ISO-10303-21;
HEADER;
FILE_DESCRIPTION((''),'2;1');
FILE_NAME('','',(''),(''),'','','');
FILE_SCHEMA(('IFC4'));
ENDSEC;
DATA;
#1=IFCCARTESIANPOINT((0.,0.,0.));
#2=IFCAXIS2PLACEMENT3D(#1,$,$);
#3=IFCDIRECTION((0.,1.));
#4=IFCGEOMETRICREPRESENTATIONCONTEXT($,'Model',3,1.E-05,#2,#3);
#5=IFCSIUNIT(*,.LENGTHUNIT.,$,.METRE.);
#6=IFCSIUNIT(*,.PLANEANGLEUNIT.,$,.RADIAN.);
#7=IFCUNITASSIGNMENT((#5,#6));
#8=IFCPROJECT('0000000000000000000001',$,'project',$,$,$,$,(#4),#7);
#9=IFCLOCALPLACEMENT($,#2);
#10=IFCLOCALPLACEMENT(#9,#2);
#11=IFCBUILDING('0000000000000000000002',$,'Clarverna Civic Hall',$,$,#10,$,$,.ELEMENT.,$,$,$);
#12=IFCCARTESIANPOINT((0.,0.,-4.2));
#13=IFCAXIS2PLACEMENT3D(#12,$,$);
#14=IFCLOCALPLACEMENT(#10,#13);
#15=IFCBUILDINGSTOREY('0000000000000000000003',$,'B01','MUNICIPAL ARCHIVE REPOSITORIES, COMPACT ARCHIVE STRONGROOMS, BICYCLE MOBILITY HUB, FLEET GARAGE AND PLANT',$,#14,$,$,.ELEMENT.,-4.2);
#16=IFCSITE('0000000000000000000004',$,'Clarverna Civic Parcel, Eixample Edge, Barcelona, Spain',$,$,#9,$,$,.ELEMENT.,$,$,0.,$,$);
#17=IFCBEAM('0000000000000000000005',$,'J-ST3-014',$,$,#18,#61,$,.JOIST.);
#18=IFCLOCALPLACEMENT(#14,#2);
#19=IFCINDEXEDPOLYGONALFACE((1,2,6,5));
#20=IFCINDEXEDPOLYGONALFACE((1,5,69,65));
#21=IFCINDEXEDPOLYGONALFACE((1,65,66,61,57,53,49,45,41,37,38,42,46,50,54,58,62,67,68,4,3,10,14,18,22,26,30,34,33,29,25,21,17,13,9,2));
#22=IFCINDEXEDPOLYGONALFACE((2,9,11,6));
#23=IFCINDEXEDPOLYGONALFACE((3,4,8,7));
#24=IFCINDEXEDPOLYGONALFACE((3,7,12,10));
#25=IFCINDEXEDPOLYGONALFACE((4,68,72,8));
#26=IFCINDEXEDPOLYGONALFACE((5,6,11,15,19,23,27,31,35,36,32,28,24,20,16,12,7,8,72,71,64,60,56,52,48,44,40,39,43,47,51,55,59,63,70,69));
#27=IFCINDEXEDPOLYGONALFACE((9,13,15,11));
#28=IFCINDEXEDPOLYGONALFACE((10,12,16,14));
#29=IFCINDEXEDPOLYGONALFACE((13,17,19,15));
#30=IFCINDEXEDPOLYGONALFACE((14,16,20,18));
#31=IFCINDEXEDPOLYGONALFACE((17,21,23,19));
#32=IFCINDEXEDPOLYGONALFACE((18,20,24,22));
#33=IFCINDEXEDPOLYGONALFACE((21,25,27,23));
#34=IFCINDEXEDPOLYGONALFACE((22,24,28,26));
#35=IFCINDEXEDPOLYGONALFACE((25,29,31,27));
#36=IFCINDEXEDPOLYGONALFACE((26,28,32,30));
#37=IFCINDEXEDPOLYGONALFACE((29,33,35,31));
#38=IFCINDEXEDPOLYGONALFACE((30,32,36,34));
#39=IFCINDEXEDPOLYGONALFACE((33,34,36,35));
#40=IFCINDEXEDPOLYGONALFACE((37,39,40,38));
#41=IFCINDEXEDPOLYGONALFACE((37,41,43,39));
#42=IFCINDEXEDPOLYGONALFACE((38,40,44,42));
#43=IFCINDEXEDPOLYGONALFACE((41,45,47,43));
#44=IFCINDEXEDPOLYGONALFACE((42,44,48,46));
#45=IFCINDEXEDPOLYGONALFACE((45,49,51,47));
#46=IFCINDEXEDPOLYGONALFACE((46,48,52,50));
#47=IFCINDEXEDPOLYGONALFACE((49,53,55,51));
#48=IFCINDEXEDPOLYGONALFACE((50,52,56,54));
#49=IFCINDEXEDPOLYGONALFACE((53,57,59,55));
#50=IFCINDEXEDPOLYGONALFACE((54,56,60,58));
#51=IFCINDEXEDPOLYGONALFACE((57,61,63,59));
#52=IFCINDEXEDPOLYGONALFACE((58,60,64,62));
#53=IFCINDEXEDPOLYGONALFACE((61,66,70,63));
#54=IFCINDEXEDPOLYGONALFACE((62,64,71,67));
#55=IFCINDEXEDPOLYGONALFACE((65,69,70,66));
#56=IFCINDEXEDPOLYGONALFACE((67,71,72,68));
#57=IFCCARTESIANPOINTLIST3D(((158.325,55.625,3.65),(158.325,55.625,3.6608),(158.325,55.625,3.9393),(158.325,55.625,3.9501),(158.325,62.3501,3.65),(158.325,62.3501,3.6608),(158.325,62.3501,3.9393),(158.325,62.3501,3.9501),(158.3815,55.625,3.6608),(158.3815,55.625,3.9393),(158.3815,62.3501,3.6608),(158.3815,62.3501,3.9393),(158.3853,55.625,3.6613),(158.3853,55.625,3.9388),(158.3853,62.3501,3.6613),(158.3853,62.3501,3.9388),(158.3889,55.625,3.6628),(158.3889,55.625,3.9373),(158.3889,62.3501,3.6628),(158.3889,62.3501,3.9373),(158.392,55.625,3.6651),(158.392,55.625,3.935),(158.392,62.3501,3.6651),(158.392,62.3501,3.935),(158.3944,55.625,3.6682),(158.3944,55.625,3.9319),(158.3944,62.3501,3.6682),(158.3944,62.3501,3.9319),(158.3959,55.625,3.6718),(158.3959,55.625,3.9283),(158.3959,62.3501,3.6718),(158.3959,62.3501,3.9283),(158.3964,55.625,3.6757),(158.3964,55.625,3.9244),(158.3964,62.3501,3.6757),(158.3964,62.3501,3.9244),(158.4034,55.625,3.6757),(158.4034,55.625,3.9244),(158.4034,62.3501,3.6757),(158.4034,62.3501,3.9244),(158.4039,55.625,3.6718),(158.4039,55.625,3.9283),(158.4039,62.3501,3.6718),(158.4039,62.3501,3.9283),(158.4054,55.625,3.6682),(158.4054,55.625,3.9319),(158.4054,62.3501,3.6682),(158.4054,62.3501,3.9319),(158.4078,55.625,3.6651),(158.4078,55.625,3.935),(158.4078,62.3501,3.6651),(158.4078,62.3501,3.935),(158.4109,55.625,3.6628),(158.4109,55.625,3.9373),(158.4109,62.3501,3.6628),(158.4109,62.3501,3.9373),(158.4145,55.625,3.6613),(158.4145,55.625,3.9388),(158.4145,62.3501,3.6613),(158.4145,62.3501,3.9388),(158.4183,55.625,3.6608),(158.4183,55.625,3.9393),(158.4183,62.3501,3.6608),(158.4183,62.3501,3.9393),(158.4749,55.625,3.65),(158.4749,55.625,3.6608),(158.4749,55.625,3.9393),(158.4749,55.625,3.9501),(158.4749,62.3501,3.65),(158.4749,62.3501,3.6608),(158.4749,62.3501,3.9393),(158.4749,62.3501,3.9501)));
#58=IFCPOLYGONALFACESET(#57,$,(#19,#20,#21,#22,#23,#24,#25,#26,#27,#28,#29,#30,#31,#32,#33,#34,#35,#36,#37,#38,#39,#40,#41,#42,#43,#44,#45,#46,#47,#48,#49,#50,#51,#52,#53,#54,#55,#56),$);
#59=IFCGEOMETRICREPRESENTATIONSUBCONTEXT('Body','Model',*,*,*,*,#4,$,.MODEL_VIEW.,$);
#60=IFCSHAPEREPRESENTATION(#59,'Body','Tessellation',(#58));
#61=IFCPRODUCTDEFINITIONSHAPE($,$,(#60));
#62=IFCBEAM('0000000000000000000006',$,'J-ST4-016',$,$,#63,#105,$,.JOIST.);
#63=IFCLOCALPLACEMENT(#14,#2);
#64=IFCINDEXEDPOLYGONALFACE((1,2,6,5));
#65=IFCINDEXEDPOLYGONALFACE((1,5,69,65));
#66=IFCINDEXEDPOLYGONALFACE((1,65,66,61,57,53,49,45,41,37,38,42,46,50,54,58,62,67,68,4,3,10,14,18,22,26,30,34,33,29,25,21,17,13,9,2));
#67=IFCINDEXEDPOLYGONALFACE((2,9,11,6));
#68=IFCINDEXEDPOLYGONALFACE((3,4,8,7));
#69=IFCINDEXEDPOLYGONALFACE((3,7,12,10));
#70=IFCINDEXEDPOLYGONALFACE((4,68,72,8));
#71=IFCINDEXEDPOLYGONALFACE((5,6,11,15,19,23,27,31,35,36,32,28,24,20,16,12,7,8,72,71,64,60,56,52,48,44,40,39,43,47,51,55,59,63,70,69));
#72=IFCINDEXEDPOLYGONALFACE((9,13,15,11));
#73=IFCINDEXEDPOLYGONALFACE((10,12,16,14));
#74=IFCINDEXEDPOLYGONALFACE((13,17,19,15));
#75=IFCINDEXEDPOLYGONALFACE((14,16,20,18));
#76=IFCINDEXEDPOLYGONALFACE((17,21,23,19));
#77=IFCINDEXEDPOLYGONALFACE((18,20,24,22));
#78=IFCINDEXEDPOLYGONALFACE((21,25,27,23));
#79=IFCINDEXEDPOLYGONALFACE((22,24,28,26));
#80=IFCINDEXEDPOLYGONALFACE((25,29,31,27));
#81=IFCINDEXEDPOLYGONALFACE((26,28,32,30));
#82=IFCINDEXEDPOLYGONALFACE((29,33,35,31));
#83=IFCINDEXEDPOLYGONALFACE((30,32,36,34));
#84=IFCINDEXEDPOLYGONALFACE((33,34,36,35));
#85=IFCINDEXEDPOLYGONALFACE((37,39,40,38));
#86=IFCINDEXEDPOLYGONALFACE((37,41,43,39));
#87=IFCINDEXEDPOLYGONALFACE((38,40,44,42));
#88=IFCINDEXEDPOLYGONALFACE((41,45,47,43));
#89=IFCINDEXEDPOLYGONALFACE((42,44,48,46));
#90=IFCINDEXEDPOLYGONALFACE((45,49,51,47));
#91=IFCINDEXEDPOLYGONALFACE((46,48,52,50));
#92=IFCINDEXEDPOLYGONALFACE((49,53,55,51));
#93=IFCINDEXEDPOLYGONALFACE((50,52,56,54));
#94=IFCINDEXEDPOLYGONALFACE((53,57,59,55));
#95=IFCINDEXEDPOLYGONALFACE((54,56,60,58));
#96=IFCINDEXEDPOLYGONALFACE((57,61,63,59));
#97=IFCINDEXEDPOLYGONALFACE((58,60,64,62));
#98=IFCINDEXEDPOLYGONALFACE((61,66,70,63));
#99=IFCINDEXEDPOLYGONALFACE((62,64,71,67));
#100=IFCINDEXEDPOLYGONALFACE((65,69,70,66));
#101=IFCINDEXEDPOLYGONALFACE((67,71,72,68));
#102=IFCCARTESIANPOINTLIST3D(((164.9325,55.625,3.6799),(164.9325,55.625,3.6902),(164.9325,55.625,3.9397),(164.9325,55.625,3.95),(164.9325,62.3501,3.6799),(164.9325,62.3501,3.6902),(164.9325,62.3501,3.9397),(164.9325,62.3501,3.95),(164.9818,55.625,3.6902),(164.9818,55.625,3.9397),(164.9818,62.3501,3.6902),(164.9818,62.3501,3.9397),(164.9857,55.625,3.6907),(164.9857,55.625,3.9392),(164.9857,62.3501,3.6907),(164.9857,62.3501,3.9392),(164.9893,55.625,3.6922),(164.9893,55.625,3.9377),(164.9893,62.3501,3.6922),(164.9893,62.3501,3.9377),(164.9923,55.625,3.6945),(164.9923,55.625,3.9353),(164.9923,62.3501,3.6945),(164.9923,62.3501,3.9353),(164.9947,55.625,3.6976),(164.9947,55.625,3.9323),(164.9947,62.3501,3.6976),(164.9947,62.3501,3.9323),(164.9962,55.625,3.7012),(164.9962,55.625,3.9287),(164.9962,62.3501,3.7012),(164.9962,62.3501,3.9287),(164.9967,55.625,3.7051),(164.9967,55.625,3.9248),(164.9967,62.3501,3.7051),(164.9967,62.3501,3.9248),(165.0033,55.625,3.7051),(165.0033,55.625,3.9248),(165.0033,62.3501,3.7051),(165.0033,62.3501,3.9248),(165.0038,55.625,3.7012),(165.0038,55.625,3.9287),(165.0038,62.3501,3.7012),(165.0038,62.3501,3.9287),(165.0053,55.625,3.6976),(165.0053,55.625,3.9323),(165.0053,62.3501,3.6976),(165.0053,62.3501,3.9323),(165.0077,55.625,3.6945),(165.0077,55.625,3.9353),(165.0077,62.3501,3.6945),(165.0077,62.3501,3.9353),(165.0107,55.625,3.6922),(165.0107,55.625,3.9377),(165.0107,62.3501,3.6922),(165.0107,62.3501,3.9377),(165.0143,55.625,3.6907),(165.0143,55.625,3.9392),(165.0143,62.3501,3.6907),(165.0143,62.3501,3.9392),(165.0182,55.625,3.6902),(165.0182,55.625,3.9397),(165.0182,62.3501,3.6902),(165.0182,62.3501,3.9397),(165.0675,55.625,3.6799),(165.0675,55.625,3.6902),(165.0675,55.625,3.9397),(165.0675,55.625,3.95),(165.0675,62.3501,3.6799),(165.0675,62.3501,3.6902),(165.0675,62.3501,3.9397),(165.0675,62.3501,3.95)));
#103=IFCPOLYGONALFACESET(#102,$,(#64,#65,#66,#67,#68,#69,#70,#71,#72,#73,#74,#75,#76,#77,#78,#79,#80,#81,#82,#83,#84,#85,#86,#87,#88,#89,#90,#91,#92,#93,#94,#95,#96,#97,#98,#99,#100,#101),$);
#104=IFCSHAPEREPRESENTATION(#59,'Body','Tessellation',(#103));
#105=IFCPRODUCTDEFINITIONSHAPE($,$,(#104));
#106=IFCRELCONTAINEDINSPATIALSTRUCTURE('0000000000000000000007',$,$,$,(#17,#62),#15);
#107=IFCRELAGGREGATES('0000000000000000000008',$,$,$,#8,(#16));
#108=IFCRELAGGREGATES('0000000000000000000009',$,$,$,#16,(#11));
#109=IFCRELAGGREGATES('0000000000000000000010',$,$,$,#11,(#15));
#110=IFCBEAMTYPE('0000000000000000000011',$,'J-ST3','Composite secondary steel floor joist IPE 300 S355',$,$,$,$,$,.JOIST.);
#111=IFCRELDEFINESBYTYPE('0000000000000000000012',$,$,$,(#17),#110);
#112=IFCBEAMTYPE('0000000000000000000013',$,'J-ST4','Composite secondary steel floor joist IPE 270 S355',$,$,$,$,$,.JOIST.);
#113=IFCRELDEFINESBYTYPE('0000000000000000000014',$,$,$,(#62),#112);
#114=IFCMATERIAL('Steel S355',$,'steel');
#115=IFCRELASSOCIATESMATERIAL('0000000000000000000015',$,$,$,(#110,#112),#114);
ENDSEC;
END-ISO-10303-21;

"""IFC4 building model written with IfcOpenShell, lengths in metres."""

from ifc_helpers import new_model, si_unit, direction, frame, origin, origin_2d, place, context, subcontext, project, spatial, i_section, extrude, material, material_profile, profile_set, type_object, element, save


model = new_model("IFC4")

# Units and contexts
model_context = context("Model", 3, precision=1e-05, world=origin(), true_north=direction((0.0, 1.0)))
body_context = subcontext(model_context, "Body", "Model", "MODEL_VIEW")
ifc_project = project(units=[si_unit("LENGTHUNIT", "METRE"), si_unit("PLANEANGLEUNIT", "RADIAN")], contexts=[model_context])

# Site, building, storey
site_placement = place(None, origin())
site = spatial("IfcSite", under=ifc_project, at=site_placement, Name="Clarverna Civic Parcel, Eixample Edge, Barcelona, Spain", CompositionType="ELEMENT", RefElevation=0.0)
building_placement = place(site_placement, origin())
building = spatial("IfcBuilding", under=site, at=building_placement, Name="Clarverna Civic Hall", CompositionType="ELEMENT")
storey_placement = place(building_placement, frame((0.0, 0.0, -4.2)))
storey = spatial("IfcBuildingStorey", under=building, at=storey_placement, Name="B01", Description="MUNICIPAL ARCHIVE REPOSITORIES, COMPACT ARCHIVE STRONGROOMS, BICYCLE MOBILITY HUB, FLEET GARAGE AND PLANT", CompositionType="ELEMENT", Elevation=-4.2)

# Beams
ifc_material_1 = material(Name="Steel S355", Category="steel")
ifc_material_profile_1 = material_profile(ifc_material_1, i_section(OverallWidth=0.1499, OverallDepth=0.3, WebThickness=0.0071, FlangeThickness=0.0107, FilletRadius=0.0149, at=origin_2d()), Name="IPE 300")
ifc_profile_set_1 = profile_set([ifc_material_profile_1], Name="Steel S355")
beam_type_1 = type_object("IfcBeamType", Name="J-ST3", Description="Composite secondary steel floor joist IPE 300 S355", PredefinedType="JOIST", material=ifc_profile_set_1)
beam_1_placement = place(storey_placement, frame((158.3999, 55.625, 3.8), z_axis=(0.0, 1.0, 0.0), x_axis=(-1.0, 0.0, 0.0)))
element("IfcBeam", 1, at=beam_1_placement, inside=storey, type_object=beam_type_1, Name="J-ST3-014", PredefinedType="JOIST", context=body_context, shape_type="SweptSolid", body=[
    extrude(i_section(OverallWidth=0.1499, OverallDepth=0.3, WebThickness=0.0071, FlangeThickness=0.0107, FilletRadius=0.0149, at=origin_2d()), origin(), (0.0, 0.0, 1.0), 6.7251),
])
ifc_material_profile_2 = material_profile(ifc_material_1, i_section(OverallWidth=0.135, OverallDepth=0.27, WebThickness=0.0066, FlangeThickness=0.0103, FilletRadius=0.0149, at=origin_2d()), Name="IPE 270")
ifc_profile_set_2 = profile_set([ifc_material_profile_2], Name="Steel S355")
beam_type_2 = type_object("IfcBeamType", Name="J-ST4", Description="Composite secondary steel floor joist IPE 270 S355", PredefinedType="JOIST", material=ifc_profile_set_2)
beam_2_placement = place(storey_placement, frame((165.0, 55.625, 3.8149), z_axis=(0.0, 1.0, 0.0), x_axis=(-1.0, 0.0, 0.0)))
element("IfcBeam", 2, at=beam_2_placement, inside=storey, type_object=beam_type_2, Name="J-ST4-016", PredefinedType="JOIST", context=body_context, shape_type="SweptSolid", body=[
    extrude(i_section(OverallWidth=0.135, OverallDepth=0.27, WebThickness=0.0066, FlangeThickness=0.0103, FilletRadius=0.0149, at=origin_2d()), origin(), (0.0, 0.0, 1.0), 6.7251),
])

save(model, "model.ifc")
